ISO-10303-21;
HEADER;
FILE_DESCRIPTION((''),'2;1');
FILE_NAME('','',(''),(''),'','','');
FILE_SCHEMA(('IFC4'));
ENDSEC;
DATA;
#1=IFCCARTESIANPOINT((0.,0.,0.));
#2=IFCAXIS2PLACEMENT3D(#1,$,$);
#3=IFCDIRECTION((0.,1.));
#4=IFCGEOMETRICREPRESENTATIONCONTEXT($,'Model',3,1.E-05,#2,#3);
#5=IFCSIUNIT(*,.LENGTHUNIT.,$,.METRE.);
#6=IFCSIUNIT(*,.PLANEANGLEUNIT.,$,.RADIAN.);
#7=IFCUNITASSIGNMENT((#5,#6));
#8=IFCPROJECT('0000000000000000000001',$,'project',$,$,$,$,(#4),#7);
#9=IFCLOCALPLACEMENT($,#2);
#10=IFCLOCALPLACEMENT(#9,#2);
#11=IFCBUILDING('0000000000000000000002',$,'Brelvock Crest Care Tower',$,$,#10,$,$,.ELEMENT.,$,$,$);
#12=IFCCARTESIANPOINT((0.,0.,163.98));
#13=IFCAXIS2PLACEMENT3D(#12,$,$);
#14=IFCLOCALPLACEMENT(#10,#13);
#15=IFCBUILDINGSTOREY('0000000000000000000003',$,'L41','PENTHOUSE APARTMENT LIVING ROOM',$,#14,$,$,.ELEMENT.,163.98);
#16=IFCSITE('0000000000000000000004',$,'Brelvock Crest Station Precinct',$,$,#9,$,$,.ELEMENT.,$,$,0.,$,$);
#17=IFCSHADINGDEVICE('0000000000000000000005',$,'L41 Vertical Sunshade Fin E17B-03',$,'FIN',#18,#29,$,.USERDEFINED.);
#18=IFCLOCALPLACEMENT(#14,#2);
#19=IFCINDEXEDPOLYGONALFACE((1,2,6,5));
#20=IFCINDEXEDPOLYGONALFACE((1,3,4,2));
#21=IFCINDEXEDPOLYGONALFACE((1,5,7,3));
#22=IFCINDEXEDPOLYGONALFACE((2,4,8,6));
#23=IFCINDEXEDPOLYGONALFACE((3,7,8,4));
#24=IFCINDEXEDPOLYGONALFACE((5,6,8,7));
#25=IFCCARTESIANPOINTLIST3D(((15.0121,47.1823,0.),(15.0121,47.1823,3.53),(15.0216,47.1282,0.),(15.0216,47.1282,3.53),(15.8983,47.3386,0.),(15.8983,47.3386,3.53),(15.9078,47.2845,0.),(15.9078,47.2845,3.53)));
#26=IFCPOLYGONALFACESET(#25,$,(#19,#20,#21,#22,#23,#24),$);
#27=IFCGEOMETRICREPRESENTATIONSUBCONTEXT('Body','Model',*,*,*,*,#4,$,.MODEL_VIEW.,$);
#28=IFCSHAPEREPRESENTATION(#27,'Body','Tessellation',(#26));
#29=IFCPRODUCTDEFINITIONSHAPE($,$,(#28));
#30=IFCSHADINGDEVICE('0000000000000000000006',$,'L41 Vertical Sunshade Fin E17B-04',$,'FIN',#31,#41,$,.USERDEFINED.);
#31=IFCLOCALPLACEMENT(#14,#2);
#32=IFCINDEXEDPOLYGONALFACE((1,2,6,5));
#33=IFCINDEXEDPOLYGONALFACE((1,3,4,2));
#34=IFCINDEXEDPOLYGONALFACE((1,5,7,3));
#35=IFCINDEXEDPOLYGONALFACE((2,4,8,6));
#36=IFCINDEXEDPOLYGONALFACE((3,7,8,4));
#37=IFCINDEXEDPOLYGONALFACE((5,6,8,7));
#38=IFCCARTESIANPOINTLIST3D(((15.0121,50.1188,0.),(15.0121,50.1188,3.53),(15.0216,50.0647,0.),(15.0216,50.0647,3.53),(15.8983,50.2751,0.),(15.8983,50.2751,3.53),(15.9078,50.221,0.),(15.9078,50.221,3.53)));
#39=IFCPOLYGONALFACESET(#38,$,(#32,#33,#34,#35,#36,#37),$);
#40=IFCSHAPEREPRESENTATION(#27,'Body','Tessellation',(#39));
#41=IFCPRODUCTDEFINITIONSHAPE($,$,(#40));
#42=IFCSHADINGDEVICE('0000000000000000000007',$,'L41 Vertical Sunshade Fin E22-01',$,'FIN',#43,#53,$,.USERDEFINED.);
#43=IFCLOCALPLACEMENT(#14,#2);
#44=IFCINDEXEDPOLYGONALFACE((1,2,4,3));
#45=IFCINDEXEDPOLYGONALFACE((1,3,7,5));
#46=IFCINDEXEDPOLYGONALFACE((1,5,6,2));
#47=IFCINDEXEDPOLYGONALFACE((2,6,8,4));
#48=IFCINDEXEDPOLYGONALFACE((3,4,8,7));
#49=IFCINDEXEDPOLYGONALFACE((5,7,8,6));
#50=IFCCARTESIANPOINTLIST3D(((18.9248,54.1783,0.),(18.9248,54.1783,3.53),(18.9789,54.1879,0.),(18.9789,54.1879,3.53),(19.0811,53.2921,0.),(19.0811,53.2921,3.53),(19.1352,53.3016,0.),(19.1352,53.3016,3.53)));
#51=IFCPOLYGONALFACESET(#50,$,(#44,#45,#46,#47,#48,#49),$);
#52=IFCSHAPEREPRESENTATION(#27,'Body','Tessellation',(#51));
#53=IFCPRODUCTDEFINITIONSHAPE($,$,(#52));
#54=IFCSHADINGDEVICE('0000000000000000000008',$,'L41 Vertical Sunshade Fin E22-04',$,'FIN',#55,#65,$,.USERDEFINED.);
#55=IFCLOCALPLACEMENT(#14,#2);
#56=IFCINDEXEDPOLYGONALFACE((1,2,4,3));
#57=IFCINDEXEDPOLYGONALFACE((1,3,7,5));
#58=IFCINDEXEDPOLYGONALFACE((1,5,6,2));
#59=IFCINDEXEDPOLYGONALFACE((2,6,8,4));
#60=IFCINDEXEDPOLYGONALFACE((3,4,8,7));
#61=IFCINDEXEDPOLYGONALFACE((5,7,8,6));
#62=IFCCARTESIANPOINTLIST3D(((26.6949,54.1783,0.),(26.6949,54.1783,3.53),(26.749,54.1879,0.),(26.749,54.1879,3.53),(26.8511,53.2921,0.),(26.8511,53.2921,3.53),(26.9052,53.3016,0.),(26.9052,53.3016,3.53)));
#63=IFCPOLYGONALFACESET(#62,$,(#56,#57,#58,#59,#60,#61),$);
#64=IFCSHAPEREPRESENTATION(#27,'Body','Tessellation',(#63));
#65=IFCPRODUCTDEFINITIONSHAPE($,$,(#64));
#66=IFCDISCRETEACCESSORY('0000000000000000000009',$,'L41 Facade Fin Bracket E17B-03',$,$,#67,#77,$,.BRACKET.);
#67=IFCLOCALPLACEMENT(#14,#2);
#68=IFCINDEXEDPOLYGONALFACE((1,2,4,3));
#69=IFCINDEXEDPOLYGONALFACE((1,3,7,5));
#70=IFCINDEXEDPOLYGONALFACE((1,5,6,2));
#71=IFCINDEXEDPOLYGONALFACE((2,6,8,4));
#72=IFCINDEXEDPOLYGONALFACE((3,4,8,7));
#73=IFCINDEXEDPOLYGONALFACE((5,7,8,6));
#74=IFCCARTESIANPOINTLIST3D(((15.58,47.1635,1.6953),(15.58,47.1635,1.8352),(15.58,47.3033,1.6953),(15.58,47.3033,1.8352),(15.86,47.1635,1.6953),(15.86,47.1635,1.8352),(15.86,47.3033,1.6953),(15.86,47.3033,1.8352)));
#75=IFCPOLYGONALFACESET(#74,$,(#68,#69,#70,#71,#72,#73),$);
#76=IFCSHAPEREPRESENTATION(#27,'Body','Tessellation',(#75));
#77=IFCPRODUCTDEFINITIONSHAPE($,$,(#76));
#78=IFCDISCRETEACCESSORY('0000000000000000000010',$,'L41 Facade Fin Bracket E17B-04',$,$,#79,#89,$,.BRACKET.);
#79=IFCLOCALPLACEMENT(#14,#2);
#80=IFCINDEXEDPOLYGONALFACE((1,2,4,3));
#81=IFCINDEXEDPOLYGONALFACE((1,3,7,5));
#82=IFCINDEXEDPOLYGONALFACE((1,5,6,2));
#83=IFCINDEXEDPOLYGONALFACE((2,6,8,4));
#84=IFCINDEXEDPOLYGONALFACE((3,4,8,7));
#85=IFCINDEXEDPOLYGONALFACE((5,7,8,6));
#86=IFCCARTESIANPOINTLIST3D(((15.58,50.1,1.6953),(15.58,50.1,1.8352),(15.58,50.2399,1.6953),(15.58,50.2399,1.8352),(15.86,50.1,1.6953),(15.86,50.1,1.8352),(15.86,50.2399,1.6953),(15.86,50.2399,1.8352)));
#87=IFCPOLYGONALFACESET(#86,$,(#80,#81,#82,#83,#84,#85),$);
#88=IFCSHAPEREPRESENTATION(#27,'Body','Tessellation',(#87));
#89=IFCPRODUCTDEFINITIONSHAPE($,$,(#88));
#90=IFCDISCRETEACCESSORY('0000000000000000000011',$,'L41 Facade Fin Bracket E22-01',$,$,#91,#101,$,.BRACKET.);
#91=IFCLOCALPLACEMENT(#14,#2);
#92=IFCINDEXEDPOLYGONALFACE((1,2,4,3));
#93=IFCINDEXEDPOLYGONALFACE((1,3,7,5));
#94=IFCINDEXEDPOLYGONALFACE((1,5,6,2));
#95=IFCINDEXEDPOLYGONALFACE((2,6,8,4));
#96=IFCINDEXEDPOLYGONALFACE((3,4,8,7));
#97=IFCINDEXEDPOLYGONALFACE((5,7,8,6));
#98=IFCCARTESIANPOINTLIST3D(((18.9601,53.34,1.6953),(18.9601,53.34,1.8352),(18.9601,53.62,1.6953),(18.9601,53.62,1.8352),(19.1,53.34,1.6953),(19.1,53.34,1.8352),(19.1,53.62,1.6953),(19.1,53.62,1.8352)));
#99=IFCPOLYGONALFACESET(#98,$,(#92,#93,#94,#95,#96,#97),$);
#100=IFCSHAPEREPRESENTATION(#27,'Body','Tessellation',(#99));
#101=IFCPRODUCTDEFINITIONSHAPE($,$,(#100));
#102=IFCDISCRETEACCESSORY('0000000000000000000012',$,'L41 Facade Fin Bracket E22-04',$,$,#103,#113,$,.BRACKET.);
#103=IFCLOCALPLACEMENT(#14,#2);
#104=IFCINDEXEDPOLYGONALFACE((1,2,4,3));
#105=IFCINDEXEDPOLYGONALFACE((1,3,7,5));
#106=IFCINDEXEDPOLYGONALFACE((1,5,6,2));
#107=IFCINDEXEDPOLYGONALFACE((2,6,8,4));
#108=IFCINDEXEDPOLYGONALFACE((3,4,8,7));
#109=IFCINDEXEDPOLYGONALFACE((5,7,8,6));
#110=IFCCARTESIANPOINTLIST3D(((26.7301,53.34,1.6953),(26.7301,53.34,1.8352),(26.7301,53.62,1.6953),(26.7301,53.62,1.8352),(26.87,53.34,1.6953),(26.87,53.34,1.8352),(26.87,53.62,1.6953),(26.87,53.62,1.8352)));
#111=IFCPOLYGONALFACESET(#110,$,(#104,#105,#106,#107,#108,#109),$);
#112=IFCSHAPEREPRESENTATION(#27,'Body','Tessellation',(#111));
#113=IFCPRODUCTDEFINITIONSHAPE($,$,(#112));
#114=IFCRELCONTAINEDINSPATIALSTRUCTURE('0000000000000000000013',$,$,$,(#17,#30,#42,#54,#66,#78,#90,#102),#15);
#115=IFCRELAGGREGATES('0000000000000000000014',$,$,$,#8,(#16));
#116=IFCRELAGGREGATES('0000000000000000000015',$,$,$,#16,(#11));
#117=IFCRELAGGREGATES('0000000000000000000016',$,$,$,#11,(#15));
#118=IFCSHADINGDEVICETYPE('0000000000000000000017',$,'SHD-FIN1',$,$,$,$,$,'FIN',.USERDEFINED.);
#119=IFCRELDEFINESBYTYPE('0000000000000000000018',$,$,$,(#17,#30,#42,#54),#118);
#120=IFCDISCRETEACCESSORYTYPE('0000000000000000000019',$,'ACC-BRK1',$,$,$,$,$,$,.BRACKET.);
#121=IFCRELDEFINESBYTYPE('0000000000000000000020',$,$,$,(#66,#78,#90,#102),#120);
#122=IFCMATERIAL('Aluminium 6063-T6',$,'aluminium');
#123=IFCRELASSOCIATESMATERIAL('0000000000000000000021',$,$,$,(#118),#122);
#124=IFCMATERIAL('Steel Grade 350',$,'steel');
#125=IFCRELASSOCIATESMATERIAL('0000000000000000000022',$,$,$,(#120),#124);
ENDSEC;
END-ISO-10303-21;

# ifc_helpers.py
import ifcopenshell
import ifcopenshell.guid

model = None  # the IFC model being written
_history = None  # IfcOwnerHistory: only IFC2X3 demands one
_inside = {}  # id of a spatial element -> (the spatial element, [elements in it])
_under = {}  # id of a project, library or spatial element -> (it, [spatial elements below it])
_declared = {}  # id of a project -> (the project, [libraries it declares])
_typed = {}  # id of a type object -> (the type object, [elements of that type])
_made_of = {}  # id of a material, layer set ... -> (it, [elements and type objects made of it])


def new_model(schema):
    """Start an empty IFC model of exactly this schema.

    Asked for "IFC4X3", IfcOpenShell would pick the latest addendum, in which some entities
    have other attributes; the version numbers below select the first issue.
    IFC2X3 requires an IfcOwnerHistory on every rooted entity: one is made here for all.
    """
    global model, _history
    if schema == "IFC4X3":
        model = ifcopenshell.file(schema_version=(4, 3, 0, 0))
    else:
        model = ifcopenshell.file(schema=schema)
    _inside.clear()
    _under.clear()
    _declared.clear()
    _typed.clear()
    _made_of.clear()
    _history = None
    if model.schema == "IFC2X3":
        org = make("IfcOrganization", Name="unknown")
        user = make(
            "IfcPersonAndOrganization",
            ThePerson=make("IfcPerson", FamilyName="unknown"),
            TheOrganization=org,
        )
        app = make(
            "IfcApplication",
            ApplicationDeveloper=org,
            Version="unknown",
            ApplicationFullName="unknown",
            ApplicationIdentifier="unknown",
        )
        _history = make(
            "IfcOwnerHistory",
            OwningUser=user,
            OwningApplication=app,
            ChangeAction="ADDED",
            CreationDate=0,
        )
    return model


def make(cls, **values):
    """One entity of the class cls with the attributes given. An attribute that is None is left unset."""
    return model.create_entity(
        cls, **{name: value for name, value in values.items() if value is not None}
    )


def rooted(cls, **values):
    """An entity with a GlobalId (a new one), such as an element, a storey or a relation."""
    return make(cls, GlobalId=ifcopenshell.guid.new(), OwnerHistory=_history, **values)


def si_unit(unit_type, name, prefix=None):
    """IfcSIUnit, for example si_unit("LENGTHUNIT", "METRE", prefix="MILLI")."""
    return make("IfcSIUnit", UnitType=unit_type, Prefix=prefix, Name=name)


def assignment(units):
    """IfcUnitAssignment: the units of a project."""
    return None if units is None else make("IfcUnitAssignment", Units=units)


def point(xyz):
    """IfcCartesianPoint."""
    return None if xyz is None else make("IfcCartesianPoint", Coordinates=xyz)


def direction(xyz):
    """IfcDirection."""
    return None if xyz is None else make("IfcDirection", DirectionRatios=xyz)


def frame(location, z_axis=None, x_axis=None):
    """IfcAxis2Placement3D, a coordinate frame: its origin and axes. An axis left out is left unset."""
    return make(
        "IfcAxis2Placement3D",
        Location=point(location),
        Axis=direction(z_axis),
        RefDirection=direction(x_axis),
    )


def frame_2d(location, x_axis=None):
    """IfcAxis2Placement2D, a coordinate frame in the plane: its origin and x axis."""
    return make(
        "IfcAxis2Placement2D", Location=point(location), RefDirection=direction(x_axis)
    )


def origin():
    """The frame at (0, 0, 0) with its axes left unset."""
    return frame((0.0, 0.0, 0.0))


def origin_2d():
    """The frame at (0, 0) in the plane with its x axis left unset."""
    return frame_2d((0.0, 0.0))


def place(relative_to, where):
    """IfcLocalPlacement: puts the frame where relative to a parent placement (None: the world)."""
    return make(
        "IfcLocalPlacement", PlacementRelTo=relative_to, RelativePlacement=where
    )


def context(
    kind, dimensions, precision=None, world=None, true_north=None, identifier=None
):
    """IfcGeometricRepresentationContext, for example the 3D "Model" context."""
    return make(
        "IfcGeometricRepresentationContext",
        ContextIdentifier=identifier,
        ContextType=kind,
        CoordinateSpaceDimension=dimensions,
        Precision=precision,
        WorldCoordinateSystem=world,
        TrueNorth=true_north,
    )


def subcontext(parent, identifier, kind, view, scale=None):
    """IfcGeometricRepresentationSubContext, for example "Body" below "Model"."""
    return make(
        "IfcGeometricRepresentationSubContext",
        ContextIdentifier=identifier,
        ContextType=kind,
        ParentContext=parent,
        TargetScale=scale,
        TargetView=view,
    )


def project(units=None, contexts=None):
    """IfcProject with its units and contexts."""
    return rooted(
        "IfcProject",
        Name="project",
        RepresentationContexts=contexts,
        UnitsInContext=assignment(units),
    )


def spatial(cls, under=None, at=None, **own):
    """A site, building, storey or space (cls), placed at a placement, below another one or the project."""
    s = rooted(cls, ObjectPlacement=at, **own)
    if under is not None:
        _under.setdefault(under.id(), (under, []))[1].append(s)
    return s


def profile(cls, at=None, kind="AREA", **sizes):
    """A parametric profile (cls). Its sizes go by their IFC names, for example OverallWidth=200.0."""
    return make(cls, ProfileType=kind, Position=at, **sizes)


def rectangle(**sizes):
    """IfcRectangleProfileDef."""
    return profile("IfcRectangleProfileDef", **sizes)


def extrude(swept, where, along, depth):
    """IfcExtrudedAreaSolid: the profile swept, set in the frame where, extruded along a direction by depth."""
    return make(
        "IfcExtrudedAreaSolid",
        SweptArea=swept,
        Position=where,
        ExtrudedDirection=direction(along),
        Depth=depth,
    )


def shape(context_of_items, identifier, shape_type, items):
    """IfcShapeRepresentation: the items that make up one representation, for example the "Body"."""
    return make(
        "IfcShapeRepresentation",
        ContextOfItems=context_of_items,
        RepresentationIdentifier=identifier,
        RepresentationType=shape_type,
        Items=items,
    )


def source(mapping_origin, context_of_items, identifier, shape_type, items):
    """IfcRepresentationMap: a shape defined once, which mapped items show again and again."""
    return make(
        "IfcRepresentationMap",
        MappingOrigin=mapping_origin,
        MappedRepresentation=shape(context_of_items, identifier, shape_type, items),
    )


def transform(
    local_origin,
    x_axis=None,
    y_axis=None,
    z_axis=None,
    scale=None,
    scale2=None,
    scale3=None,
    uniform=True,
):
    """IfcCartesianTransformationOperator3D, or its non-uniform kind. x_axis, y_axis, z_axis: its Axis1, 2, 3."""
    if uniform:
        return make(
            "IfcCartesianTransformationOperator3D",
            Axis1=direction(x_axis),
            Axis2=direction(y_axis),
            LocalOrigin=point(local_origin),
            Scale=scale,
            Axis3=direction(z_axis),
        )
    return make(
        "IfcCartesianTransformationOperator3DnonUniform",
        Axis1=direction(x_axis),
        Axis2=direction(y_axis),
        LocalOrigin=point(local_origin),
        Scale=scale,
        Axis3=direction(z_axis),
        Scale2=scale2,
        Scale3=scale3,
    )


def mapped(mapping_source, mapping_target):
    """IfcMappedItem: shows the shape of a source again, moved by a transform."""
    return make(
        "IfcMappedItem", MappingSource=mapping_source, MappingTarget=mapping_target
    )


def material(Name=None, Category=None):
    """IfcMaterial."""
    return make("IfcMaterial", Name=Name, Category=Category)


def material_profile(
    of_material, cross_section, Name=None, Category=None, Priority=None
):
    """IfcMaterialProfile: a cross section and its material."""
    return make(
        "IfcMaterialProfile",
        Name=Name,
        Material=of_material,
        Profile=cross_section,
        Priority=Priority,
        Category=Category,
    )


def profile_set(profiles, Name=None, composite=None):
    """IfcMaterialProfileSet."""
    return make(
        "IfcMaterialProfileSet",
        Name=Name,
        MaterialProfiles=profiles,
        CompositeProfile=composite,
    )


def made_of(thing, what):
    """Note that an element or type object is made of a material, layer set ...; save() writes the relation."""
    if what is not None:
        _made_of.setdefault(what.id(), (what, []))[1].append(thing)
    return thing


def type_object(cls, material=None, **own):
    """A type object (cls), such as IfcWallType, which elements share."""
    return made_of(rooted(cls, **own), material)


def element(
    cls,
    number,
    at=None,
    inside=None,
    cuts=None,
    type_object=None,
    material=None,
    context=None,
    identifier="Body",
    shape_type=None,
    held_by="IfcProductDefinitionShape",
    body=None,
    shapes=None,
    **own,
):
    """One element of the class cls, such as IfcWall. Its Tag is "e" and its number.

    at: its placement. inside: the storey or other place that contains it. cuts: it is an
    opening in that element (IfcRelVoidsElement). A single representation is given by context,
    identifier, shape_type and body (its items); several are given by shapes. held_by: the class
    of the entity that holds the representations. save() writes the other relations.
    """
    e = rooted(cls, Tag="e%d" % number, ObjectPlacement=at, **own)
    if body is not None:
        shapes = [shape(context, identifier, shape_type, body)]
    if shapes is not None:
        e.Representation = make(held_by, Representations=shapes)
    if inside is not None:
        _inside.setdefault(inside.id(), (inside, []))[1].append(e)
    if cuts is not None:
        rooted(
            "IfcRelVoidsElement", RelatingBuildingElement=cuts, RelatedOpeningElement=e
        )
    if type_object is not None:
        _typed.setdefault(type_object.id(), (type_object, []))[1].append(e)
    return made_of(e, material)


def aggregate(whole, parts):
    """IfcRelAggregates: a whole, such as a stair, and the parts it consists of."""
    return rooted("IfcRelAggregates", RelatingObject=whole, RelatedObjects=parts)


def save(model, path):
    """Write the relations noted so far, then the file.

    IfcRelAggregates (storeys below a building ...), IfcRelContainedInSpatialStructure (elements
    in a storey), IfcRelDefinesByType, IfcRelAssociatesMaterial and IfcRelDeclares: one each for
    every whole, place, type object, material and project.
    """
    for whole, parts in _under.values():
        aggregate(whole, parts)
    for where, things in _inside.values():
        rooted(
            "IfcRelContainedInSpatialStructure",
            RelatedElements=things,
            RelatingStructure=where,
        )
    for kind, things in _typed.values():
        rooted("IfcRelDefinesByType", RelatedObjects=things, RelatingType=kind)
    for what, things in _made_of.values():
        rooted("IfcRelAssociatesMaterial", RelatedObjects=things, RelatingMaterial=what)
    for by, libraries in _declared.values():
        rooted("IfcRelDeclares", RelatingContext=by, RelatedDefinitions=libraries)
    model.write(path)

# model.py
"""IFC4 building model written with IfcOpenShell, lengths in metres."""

from ifc_helpers import new_model, si_unit, direction, frame, origin, origin_2d, place, context, subcontext, project, spatial, rectangle, extrude, source, transform, mapped, material, material_profile, profile_set, type_object, element, save


model = new_model("IFC4")

# Units and contexts
model_context = context("Model", 3, precision=1e-05, world=origin(), true_north=direction((0.0, 1.0)))
body_context = subcontext(model_context, "Body", "Model", "MODEL_VIEW")
ifc_project = project(units=[si_unit("LENGTHUNIT", "METRE"), si_unit("PLANEANGLEUNIT", "RADIAN")], contexts=[model_context])

# Site, building, storey
site_placement = place(None, origin())
site = spatial("IfcSite", under=ifc_project, at=site_placement, Name="Brelvock Crest Station Precinct", CompositionType="ELEMENT", RefElevation=0.0)
building_placement = place(site_placement, origin())
building = spatial("IfcBuilding", under=site, at=building_placement, Name="Brelvock Crest Care Tower", CompositionType="ELEMENT")
storey_placement = place(building_placement, frame((0.0, 0.0, 163.98)))
storey = spatial("IfcBuildingStorey", under=building, at=storey_placement, Name="L41", Description="PENTHOUSE APARTMENT LIVING ROOM", CompositionType="ELEMENT", Elevation=163.98)

# Shared definitions
ifc_material_1 = material(Name="Aluminium 6063-T6", Category="aluminium")

# Shading devices
ifc_material_profile_1 = material_profile(ifc_material_1, rectangle(XDim=0.0549, YDim=0.8999, at=origin_2d()), Name="FIN55x900")
ifc_profile_set_1 = profile_set([ifc_material_profile_1], Name="Aluminium 6063-T6")
shading_device_type = type_object("IfcShadingDeviceType", Name="SHD-FIN1", ElementType="FIN", PredefinedType="USERDEFINED", material=ifc_profile_set_1)
shared_shape_1 = source(origin(), body_context, "Body", "SweptSolid", [
    extrude(rectangle(XDim=0.0549, YDim=0.8999, at=origin_2d()), origin(), (0.0, 0.0, 1.0), 3.53),
])
for number, where, z_axis, x_axis, name in (
    (1, (15.46, 47.2334, 0.0), (0.0, 0.0, 1.0), (-0.173648, 0.984808, 0.0), "L41 Vertical Sunshade Fin E17B-03"),
    (2, (15.46, 50.1699, 0.0), (0.0, 0.0, 1.0), (-0.173648, 0.984808, 0.0), "L41 Vertical Sunshade Fin E17B-04"),
    (3, (19.03, 53.74, 0.0), (0.0, 0.0, 1.0), (0.984808, 0.173648, 0.0), "L41 Vertical Sunshade Fin E22-01"),
    (4, (26.8, 53.74, 0.0), (0.0, 0.0, 1.0), (0.984808, 0.173648, 0.0), "L41 Vertical Sunshade Fin E22-04"),
):
    element("IfcShadingDevice", number, at=place(storey_placement, frame(where, z_axis=z_axis, x_axis=x_axis)), inside=storey, type_object=shading_device_type, Name=name, ObjectType="FIN", PredefinedType="USERDEFINED", context=body_context, shape_type="MappedRepresentation", body=[
        mapped(shared_shape_1, transform((0.0, 0.0, 0.0), x_axis=(1.0, 0.0, 0.0), y_axis=(0.0, 1.0, 0.0), z_axis=(0.0, 0.0, 1.0), scale=1.0)),
    ])

# Discrete accessories
ifc_material_2 = material(Name="Steel Grade 350", Category="steel")
discrete_accessory_type = type_object("IfcDiscreteAccessoryType", Name="ACC-BRK1", PredefinedType="BRACKET", material=ifc_material_2)
shared_shape_2 = source(origin(), body_context, "Body", "SweptSolid", [
    extrude(rectangle(XDim=0.28, YDim=0.1399, at=origin_2d()), origin(), (0.0, 0.0, 1.0), 0.1399),
])
for number, where, z_axis, x_axis, name in (
    (5, (15.72, 47.2334, 1.6953), (0.0, 0.0, 1.0), (-1.0, 0.0, 0.0), "L41 Facade Fin Bracket E17B-03"),
    (6, (15.72, 50.1699, 1.6953), (0.0, 0.0, 1.0), (-1.0, 0.0, 0.0), "L41 Facade Fin Bracket E17B-04"),
    (7, (19.03, 53.48, 1.6953), (0.0, 0.0, 1.0), (0.0, 1.0, 0.0), "L41 Facade Fin Bracket E22-01"),
    (8, (26.8, 53.48, 1.6953), (0.0, 0.0, 1.0), (0.0, 1.0, 0.0), "L41 Facade Fin Bracket E22-04"),
):
    element("IfcDiscreteAccessory", number, at=place(storey_placement, frame(where, z_axis=z_axis, x_axis=x_axis)), inside=storey, type_object=discrete_accessory_type, Name=name, PredefinedType="BRACKET", context=body_context, shape_type="MappedRepresentation", body=[
        mapped(shared_shape_2, transform((0.0, 0.0, 0.0), x_axis=(1.0, 0.0, 0.0), y_axis=(0.0, 1.0, 0.0), z_axis=(0.0, 0.0, 1.0), scale=1.0)),
    ])

save(model, "model.ifc")
